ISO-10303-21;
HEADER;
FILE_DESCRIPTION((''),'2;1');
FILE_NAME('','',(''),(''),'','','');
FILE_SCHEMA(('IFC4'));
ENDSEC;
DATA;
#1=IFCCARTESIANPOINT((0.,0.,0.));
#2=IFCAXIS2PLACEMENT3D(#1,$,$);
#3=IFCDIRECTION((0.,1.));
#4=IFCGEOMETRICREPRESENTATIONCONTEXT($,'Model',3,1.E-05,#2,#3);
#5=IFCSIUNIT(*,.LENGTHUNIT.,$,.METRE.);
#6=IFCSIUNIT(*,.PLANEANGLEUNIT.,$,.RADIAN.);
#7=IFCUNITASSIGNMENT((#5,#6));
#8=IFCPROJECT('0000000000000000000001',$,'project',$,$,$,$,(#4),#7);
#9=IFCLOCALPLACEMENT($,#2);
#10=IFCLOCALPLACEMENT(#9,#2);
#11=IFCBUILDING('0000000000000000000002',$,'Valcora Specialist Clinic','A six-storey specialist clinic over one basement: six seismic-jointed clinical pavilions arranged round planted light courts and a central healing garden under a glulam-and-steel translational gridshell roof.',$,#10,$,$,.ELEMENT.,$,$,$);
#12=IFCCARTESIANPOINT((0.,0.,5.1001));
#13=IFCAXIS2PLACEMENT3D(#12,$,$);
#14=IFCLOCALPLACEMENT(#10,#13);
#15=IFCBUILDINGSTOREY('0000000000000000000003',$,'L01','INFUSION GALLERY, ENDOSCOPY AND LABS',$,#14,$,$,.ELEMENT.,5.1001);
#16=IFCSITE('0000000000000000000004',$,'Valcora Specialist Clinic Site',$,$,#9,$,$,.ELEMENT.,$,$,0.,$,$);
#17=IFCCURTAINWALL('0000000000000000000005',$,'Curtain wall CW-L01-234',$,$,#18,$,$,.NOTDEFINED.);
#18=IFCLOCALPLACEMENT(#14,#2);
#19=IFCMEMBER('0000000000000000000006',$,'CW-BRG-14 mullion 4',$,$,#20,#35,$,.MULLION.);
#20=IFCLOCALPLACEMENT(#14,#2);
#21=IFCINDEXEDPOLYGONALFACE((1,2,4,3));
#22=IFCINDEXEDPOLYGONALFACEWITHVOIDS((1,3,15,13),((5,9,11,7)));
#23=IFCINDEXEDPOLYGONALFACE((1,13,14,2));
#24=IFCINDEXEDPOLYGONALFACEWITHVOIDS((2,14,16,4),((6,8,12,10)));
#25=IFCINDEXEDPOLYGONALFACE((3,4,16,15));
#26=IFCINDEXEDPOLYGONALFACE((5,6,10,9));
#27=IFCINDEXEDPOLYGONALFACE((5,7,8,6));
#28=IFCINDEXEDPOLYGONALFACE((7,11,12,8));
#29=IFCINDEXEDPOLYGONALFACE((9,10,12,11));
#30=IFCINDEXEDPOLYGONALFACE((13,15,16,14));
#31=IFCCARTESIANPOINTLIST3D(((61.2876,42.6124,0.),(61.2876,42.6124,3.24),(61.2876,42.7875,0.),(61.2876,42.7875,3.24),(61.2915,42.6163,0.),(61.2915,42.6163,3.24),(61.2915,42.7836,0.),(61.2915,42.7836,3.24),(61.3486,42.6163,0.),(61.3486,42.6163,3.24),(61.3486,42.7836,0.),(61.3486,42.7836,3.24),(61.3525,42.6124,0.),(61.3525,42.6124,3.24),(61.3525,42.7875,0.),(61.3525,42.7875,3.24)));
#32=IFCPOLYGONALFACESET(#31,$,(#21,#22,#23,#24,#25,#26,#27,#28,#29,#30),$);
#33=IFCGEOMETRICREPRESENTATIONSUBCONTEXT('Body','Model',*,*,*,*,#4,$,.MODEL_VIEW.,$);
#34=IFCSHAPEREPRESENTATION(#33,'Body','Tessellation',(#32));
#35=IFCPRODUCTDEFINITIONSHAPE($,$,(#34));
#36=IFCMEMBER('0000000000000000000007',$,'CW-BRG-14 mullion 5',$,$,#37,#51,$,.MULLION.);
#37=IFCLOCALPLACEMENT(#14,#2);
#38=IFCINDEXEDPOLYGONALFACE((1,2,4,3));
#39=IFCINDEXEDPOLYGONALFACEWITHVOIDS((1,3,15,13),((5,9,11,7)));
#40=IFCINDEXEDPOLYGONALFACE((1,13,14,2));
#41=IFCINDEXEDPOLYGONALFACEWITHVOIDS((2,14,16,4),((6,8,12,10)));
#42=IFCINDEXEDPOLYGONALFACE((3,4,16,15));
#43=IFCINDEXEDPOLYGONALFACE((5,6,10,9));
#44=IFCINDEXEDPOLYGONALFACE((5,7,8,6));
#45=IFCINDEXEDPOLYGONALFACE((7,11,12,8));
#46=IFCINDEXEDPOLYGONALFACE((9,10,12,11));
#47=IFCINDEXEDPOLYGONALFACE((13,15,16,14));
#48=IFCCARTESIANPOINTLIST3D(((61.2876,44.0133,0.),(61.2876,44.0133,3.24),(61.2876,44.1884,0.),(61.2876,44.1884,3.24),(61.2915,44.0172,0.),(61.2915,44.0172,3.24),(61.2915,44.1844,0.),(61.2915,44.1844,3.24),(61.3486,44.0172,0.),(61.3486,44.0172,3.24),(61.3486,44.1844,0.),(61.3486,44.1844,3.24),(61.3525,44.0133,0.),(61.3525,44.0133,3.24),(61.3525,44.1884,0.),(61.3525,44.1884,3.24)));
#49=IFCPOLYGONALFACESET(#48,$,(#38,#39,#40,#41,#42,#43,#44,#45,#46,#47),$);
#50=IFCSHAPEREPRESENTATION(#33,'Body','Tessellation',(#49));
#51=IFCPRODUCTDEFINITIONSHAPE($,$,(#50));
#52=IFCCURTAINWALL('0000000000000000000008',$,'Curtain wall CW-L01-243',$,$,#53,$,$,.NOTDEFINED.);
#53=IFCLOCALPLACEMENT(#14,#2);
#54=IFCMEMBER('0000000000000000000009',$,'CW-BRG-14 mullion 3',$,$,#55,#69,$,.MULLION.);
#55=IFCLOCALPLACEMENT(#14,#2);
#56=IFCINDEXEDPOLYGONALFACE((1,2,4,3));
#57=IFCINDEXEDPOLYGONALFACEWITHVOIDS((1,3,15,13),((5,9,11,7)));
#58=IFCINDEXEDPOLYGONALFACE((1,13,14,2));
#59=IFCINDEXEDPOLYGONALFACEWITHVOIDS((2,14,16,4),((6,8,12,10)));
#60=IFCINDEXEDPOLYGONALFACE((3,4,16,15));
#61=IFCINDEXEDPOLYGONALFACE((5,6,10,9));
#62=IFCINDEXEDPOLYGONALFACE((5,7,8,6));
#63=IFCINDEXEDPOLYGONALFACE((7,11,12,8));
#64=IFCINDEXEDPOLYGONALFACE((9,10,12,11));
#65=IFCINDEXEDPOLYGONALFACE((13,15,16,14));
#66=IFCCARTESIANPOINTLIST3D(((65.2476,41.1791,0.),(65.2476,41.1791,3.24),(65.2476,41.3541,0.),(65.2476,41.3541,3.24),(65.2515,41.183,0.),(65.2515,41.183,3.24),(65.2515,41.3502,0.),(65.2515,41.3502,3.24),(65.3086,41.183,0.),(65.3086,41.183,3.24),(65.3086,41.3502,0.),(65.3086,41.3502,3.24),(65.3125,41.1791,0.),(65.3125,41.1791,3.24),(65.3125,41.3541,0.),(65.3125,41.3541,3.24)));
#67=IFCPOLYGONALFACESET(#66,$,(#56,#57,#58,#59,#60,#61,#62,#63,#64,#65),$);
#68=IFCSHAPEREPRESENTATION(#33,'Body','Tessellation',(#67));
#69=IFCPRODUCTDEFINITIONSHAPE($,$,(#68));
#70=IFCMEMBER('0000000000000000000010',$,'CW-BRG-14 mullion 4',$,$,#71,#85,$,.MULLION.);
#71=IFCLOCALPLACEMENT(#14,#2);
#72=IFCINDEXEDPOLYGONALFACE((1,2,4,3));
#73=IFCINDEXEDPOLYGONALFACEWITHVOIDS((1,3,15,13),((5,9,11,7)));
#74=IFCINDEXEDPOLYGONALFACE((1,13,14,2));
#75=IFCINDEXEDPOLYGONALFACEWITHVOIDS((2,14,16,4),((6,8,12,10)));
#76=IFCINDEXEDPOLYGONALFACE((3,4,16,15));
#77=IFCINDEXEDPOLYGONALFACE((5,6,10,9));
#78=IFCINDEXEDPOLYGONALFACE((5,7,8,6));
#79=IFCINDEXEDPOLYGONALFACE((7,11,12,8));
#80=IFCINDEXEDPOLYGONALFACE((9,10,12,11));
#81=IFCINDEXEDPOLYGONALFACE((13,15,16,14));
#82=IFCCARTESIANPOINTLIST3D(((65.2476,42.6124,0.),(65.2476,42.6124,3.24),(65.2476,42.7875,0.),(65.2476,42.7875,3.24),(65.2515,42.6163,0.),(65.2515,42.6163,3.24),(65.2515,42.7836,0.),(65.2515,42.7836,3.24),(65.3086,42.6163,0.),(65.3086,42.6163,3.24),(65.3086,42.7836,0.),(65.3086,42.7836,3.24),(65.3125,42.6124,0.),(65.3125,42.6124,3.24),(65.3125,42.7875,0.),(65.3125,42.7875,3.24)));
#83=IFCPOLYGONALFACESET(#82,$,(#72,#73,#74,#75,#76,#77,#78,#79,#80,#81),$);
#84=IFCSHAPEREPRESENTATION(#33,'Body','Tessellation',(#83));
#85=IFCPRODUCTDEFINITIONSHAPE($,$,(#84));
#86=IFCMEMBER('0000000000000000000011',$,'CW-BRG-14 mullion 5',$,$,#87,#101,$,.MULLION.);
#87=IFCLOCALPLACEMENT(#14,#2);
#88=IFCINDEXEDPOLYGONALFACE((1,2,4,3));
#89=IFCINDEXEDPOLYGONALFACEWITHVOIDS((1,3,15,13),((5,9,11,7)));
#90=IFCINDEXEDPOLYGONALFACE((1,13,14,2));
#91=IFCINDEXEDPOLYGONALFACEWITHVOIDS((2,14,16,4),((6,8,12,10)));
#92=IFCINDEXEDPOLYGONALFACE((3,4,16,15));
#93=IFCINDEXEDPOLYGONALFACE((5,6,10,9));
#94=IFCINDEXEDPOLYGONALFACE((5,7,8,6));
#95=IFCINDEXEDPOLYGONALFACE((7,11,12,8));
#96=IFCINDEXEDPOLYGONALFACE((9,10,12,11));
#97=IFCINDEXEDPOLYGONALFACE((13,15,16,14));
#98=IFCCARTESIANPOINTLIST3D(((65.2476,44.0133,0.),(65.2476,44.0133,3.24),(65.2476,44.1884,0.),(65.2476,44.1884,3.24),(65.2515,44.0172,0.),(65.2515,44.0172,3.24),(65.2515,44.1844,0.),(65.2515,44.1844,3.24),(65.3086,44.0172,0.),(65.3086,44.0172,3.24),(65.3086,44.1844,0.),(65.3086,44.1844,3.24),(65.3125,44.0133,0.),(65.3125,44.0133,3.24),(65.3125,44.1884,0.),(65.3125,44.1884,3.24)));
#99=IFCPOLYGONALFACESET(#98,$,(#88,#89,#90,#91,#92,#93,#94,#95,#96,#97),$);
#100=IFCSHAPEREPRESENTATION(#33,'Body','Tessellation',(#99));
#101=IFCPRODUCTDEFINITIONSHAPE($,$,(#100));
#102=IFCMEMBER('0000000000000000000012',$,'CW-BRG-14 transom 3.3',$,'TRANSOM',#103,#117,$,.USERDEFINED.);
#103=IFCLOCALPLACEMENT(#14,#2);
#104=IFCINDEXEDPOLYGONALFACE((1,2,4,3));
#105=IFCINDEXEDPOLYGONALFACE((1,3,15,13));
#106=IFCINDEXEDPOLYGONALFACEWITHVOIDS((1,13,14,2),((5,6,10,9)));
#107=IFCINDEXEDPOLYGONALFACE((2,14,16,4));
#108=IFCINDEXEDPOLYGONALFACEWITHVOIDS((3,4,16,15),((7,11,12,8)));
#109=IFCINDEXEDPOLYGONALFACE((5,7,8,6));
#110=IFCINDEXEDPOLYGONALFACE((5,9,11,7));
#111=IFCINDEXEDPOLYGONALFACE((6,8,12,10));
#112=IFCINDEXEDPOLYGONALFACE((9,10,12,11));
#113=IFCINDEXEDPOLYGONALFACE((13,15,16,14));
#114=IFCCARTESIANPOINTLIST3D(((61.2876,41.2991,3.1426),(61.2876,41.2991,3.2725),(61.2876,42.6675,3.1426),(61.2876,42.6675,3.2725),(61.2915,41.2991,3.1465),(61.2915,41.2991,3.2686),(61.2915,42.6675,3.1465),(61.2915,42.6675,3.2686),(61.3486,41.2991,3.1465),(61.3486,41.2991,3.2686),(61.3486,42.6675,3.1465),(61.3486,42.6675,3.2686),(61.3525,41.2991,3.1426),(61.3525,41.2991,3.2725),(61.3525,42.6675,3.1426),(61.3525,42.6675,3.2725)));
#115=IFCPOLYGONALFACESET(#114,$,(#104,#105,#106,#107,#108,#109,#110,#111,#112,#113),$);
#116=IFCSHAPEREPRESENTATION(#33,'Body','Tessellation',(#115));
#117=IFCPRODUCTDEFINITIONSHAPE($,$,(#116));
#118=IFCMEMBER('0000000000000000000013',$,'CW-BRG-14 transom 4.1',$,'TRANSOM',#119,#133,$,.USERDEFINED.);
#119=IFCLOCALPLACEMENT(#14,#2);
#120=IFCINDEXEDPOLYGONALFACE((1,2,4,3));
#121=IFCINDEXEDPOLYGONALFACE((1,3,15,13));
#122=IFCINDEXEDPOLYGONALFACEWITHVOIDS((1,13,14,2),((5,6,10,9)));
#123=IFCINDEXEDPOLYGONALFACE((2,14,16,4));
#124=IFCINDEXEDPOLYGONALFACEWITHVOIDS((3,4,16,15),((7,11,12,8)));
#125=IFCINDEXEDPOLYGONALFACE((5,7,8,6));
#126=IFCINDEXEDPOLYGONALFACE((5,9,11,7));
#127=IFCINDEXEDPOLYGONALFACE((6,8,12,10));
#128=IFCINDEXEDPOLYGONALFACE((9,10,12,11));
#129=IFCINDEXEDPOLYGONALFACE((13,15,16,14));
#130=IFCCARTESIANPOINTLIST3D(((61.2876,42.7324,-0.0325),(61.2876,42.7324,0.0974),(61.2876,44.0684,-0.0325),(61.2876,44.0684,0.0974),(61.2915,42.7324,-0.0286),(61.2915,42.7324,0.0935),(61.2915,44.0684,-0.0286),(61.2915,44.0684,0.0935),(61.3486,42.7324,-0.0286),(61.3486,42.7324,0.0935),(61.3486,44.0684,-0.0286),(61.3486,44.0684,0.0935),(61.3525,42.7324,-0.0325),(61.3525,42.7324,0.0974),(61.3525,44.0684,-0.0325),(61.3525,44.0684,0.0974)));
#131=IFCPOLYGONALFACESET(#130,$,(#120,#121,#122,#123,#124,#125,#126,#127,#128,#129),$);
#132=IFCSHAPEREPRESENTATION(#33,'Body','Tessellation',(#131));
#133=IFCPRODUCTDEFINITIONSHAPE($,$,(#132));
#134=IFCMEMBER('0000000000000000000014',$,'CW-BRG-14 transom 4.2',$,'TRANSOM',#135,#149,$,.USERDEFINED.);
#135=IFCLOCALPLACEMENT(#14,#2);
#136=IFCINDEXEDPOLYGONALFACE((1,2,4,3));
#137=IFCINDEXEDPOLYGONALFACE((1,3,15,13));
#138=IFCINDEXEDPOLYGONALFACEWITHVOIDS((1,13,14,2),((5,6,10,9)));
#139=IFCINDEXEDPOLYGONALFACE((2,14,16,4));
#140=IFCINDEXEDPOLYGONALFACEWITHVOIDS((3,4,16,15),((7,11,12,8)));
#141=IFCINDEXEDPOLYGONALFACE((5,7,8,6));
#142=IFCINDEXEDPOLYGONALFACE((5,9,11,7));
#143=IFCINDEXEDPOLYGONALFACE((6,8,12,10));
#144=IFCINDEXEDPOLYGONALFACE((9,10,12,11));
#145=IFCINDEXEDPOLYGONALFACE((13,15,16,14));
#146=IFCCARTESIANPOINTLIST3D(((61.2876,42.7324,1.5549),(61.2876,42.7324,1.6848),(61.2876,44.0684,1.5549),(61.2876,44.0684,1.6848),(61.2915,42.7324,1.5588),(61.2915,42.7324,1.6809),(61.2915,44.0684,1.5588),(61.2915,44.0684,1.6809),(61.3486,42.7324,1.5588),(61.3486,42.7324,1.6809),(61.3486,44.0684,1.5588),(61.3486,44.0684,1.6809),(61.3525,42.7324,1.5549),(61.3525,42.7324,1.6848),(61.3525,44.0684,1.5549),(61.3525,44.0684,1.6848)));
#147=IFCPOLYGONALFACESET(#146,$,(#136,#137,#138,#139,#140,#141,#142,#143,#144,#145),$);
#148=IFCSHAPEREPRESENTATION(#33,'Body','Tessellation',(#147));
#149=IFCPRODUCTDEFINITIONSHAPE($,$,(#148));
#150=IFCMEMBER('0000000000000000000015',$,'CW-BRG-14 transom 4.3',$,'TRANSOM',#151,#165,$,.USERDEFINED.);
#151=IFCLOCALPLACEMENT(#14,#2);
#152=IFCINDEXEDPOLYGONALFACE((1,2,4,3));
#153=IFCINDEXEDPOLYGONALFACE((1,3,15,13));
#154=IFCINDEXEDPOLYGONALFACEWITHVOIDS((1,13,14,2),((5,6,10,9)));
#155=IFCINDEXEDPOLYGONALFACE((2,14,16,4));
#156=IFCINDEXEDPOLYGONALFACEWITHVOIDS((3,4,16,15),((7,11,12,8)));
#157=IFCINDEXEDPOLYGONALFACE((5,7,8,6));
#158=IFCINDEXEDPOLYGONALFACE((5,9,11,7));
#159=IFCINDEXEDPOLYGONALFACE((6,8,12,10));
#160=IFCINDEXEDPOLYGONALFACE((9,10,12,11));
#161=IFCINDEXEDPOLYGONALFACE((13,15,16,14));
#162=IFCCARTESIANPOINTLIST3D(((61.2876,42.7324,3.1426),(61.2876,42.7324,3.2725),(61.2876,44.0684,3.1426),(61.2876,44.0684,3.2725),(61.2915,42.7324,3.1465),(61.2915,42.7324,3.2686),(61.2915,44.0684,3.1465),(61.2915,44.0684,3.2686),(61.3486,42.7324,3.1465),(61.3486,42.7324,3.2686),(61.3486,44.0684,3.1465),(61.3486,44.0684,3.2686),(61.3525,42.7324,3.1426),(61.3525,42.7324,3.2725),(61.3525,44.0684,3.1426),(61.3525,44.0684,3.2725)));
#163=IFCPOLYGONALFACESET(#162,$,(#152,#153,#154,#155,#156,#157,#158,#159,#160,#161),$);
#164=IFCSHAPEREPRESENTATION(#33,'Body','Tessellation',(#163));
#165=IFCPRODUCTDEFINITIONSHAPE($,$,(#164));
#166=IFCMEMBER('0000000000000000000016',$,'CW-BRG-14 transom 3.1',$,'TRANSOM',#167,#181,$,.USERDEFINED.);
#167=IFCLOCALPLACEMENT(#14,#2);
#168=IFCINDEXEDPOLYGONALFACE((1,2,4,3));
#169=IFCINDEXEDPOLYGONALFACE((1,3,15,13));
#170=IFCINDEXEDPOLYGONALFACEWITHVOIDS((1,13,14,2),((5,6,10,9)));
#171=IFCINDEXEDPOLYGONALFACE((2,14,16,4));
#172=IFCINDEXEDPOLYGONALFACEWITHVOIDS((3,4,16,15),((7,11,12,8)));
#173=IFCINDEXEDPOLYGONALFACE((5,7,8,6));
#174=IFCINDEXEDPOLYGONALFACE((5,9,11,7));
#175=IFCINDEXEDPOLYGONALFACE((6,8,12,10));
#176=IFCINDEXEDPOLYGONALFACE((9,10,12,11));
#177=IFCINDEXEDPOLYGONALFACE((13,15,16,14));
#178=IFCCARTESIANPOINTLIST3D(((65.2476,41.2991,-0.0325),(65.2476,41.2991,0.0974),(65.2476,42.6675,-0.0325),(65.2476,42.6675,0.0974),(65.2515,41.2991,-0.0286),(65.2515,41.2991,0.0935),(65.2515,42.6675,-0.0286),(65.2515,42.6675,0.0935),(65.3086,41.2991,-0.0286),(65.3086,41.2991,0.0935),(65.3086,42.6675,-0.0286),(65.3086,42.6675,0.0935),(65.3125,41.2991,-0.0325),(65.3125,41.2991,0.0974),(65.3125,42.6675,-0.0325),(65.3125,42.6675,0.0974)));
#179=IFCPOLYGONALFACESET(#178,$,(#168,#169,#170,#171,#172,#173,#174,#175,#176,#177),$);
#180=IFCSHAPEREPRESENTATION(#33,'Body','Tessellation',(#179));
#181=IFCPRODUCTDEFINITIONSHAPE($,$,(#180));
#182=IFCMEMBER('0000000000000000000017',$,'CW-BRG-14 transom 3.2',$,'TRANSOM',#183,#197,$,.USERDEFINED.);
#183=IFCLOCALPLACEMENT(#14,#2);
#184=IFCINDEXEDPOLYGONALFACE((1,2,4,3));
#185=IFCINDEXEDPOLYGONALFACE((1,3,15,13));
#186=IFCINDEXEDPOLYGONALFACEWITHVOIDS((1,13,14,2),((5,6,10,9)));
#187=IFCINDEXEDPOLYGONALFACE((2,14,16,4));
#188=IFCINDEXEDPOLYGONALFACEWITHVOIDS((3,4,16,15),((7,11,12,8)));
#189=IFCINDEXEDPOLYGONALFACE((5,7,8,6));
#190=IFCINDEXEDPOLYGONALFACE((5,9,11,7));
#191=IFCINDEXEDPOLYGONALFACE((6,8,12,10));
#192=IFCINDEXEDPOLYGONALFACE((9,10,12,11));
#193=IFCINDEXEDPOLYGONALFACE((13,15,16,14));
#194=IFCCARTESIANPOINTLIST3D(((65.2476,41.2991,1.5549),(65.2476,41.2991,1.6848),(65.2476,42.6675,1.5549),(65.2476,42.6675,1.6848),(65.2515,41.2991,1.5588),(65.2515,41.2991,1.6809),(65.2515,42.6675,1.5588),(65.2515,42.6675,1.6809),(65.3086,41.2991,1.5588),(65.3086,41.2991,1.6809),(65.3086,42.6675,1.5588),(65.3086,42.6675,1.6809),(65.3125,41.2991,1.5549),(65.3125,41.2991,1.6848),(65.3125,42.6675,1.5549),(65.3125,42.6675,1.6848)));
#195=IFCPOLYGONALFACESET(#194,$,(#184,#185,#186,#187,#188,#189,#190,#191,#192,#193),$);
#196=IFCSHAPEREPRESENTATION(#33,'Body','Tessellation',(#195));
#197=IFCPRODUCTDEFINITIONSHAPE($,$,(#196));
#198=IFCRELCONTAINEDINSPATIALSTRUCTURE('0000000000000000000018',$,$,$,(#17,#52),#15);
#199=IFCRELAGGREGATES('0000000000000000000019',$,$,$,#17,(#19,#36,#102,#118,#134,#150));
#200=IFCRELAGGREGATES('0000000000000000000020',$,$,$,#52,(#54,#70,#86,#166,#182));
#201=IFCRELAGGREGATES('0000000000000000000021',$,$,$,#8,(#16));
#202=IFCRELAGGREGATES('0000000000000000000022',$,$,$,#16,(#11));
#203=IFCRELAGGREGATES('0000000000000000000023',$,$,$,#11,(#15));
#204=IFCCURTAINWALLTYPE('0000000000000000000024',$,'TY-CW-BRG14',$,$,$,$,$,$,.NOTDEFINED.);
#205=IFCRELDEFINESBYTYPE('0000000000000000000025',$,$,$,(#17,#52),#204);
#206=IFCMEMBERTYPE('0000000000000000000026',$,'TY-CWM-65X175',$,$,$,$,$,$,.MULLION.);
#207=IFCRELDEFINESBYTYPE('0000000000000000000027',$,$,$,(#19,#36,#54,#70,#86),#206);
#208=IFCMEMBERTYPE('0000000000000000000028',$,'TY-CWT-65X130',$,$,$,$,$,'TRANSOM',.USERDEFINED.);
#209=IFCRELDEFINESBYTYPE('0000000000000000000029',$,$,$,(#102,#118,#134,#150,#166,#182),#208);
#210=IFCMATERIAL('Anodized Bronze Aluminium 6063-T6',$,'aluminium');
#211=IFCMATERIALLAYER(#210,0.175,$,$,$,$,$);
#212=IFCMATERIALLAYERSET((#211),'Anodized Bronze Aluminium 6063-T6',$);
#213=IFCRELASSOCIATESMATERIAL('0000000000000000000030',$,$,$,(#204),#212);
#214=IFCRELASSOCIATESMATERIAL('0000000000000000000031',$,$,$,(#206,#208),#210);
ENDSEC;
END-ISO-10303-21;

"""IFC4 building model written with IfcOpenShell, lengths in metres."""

from ifc_helpers import new_model, si_unit, direction, frame, origin, origin_2d, place, context, subcontext, project, spatial, hollow_rectangle, extrude, material, layer, layer_set, material_profile, profile_set, type_object, element, aggregate, save


model = new_model("IFC4")

# Units and contexts
model_context = context("Model", 3, precision=1e-05, world=origin(), true_north=direction((0.0, 1.0)))
body_context = subcontext(model_context, "Body", "Model", "MODEL_VIEW")
ifc_project = project(units=[si_unit("LENGTHUNIT", "METRE"), si_unit("PLANEANGLEUNIT", "RADIAN")], contexts=[model_context])

# Site, building, storey
site_placement = place(None, origin())
site = spatial("IfcSite", under=ifc_project, at=site_placement, Name="Valcora Specialist Clinic Site", CompositionType="ELEMENT", RefElevation=0.0)
building_placement = place(site_placement, origin())
building = spatial("IfcBuilding", under=site, at=building_placement, Name="Valcora Specialist Clinic", Description="A six-storey specialist clinic over one basement: six seismic-jointed clinical pavilions arranged round planted light courts and a central healing garden under a glulam-and-steel translational gridshell roof.", CompositionType="ELEMENT")
storey_placement = place(building_placement, frame((0.0, 0.0, 5.1001)))
storey = spatial("IfcBuildingStorey", under=building, at=storey_placement, Name="L01", Description="INFUSION GALLERY, ENDOSCOPY AND LABS", CompositionType="ELEMENT", Elevation=5.1001)

# Curtain walls, members
ifc_material_1 = material(Name="Anodized Bronze Aluminium 6063-T6", Category="aluminium")
ifc_layer_1 = layer(ifc_material_1, 0.175)
ifc_layer_set_1 = layer_set([ifc_layer_1], Name="Anodized Bronze Aluminium 6063-T6")
curtain_wall_type = type_object("IfcCurtainWallType", Name="TY-CW-BRG14", PredefinedType="NOTDEFINED", material=ifc_layer_set_1)
curtain_wall_1_placement = place(storey_placement, origin())
curtain_wall_1 = element("IfcCurtainWall", 1, at=curtain_wall_1_placement, inside=storey, type_object=curtain_wall_type, Name="Curtain wall CW-L01-234", PredefinedType="NOTDEFINED")
ifc_material_profile_1 = material_profile(ifc_material_1, hollow_rectangle(XDim=0.0649, YDim=0.175, WallThickness=0.0039, at=origin_2d()), Name="AL-MUL-65X175")
ifc_profile_set_1 = profile_set([ifc_material_profile_1], Name="Anodized Bronze Aluminium 6063-T6")
member_type_1 = type_object("IfcMemberType", Name="TY-CWM-65X175", PredefinedType="MULLION", material=ifc_profile_set_1)
member_1_placement = place(storey_placement, frame((61.3201, 42.7, 0.0), z_axis=(0.0, 0.0, 1.0), x_axis=(-1.0, 0.0, 0.0)))
member_1 = element("IfcMember", 2, at=member_1_placement, type_object=member_type_1, Name="CW-BRG-14 mullion 4", PredefinedType="MULLION", context=body_context, shape_type="SweptSolid", body=[
    extrude(hollow_rectangle(XDim=0.0649, YDim=0.175, WallThickness=0.0039, at=origin_2d()), origin(), (0.0, 0.0, 1.0), 3.24),
])
member_2_placement = place(storey_placement, frame((61.3201, 44.1008, 0.0), z_axis=(0.0, 0.0, 1.0), x_axis=(-1.0, 0.0, 0.0)))
member_2 = element("IfcMember", 3, at=member_2_placement, type_object=member_type_1, Name="CW-BRG-14 mullion 5", PredefinedType="MULLION", context=body_context, shape_type="SweptSolid", body=[
    extrude(hollow_rectangle(XDim=0.0649, YDim=0.175, WallThickness=0.0039, at=origin_2d()), origin(), (0.0, 0.0, 1.0), 3.24),
])
curtain_wall_2_placement = place(storey_placement, origin())
curtain_wall_2 = element("IfcCurtainWall", 4, at=curtain_wall_2_placement, inside=storey, type_object=curtain_wall_type, Name="Curtain wall CW-L01-243", PredefinedType="NOTDEFINED")
member_3_placement = place(storey_placement, frame((65.28, 41.2666, 0.0), z_axis=(0.0, 0.0, 1.0), x_axis=(-1.0, 0.0, 0.0)))
member_3 = element("IfcMember", 5, at=member_3_placement, type_object=member_type_1, Name="CW-BRG-14 mullion 3", PredefinedType="MULLION", context=body_context, shape_type="SweptSolid", body=[
    extrude(hollow_rectangle(XDim=0.0649, YDim=0.175, WallThickness=0.0039, at=origin_2d()), origin(), (0.0, 0.0, 1.0), 3.24),
])
member_4_placement = place(storey_placement, frame((65.28, 42.7, 0.0), z_axis=(0.0, 0.0, 1.0), x_axis=(-1.0, 0.0, 0.0)))
member_4 = element("IfcMember", 6, at=member_4_placement, type_object=member_type_1, Name="CW-BRG-14 mullion 4", PredefinedType="MULLION", context=body_context, shape_type="SweptSolid", body=[
    extrude(hollow_rectangle(XDim=0.0649, YDim=0.175, WallThickness=0.0039, at=origin_2d()), origin(), (0.0, 0.0, 1.0), 3.24),
])
member_5_placement = place(storey_placement, frame((65.28, 44.1008, 0.0), z_axis=(0.0, 0.0, 1.0), x_axis=(-1.0, 0.0, 0.0)))
member_5 = element("IfcMember", 7, at=member_5_placement, type_object=member_type_1, Name="CW-BRG-14 mullion 5", PredefinedType="MULLION", context=body_context, shape_type="SweptSolid", body=[
    extrude(hollow_rectangle(XDim=0.0649, YDim=0.175, WallThickness=0.0039, at=origin_2d()), origin(), (0.0, 0.0, 1.0), 3.24),
])

# Members
ifc_material_profile_2 = material_profile(ifc_material_1, hollow_rectangle(XDim=0.0649, YDim=0.1299, WallThickness=0.0039, at=origin_2d()), Name="AL-TRN-65X130")
ifc_profile_set_2 = profile_set([ifc_material_profile_2], Name="Anodized Bronze Aluminium 6063-T6")
member_type_2 = type_object("IfcMemberType", Name="TY-CWT-65X130", ElementType="TRANSOM", PredefinedType="USERDEFINED", material=ifc_profile_set_2)
member_6_placement = place(storey_placement, frame((61.3201, 41.2991, 3.2075), z_axis=(0.0, 1.0, 0.0), x_axis=(-1.0, 0.0, 0.0)))
member_6 = element("IfcMember", 8, at=member_6_placement, type_object=member_type_2, Name="CW-BRG-14 transom 3.3", ObjectType="TRANSOM", PredefinedType="USERDEFINED", context=body_context, shape_type="SweptSolid", body=[
    extrude(hollow_rectangle(XDim=0.0649, YDim=0.1299, WallThickness=0.0039, at=origin_2d()), origin(), (0.0, 0.0, 1.0), 1.3684),
])
member_7_placement = place(storey_placement, frame((61.3201, 42.7324, 0.0325), z_axis=(0.0, 1.0, 0.0), x_axis=(-1.0, 0.0, 0.0)))
member_7 = element("IfcMember", 9, at=member_7_placement, type_object=member_type_2, Name="CW-BRG-14 transom 4.1", ObjectType="TRANSOM", PredefinedType="USERDEFINED", context=body_context, shape_type="SweptSolid", body=[
    extrude(hollow_rectangle(XDim=0.0649, YDim=0.1299, WallThickness=0.0039, at=origin_2d()), origin(), (0.0, 0.0, 1.0), 1.3359),
])
member_8_placement = place(storey_placement, frame((61.3201, 42.7324, 1.6199), z_axis=(0.0, 1.0, 0.0), x_axis=(-1.0, 0.0, 0.0)))
member_8 = element("IfcMember", 10, at=member_8_placement, type_object=member_type_2, Name="CW-BRG-14 transom 4.2", ObjectType="TRANSOM", PredefinedType="USERDEFINED", context=body_context, shape_type="SweptSolid", body=[
    extrude(hollow_rectangle(XDim=0.0649, YDim=0.1299, WallThickness=0.0039, at=origin_2d()), origin(), (0.0, 0.0, 1.0), 1.3359),
])
member_9_placement = place(storey_placement, frame((61.3201, 42.7324, 3.2075), z_axis=(0.0, 1.0, 0.0), x_axis=(-1.0, 0.0, 0.0)))
member_9 = element("IfcMember", 11, at=member_9_placement, type_object=member_type_2, Name="CW-BRG-14 transom 4.3", ObjectType="TRANSOM", PredefinedType="USERDEFINED", context=body_context, shape_type="SweptSolid", body=[
    extrude(hollow_rectangle(XDim=0.0649, YDim=0.1299, WallThickness=0.0039, at=origin_2d()), origin(), (0.0, 0.0, 1.0), 1.3359),
])
member_10_placement = place(storey_placement, frame((65.28, 41.2991, 0.0325), z_axis=(0.0, 1.0, 0.0), x_axis=(-1.0, 0.0, 0.0)))
member_10 = element("IfcMember", 12, at=member_10_placement, type_object=member_type_2, Name="CW-BRG-14 transom 3.1", ObjectType="TRANSOM", PredefinedType="USERDEFINED", context=body_context, shape_type="SweptSolid", body=[
    extrude(hollow_rectangle(XDim=0.0649, YDim=0.1299, WallThickness=0.0039, at=origin_2d()), origin(), (0.0, 0.0, 1.0), 1.3684),
])
member_11_placement = place(storey_placement, frame((65.28, 41.2991, 1.6199), z_axis=(0.0, 1.0, 0.0), x_axis=(-1.0, 0.0, 0.0)))
member_11 = element("IfcMember", 13, at=member_11_placement, type_object=member_type_2, Name="CW-BRG-14 transom 3.2", ObjectType="TRANSOM", PredefinedType="USERDEFINED", context=body_context, shape_type="SweptSolid", body=[
    extrude(hollow_rectangle(XDim=0.0649, YDim=0.1299, WallThickness=0.0039, at=origin_2d()), origin(), (0.0, 0.0, 1.0), 1.3684),
])

aggregate(curtain_wall_1, [member_1, member_2, member_6, member_7, member_8, member_9])
aggregate(curtain_wall_2, [member_3, member_4, member_5, member_10, member_11])

save(model, "model.ifc")
